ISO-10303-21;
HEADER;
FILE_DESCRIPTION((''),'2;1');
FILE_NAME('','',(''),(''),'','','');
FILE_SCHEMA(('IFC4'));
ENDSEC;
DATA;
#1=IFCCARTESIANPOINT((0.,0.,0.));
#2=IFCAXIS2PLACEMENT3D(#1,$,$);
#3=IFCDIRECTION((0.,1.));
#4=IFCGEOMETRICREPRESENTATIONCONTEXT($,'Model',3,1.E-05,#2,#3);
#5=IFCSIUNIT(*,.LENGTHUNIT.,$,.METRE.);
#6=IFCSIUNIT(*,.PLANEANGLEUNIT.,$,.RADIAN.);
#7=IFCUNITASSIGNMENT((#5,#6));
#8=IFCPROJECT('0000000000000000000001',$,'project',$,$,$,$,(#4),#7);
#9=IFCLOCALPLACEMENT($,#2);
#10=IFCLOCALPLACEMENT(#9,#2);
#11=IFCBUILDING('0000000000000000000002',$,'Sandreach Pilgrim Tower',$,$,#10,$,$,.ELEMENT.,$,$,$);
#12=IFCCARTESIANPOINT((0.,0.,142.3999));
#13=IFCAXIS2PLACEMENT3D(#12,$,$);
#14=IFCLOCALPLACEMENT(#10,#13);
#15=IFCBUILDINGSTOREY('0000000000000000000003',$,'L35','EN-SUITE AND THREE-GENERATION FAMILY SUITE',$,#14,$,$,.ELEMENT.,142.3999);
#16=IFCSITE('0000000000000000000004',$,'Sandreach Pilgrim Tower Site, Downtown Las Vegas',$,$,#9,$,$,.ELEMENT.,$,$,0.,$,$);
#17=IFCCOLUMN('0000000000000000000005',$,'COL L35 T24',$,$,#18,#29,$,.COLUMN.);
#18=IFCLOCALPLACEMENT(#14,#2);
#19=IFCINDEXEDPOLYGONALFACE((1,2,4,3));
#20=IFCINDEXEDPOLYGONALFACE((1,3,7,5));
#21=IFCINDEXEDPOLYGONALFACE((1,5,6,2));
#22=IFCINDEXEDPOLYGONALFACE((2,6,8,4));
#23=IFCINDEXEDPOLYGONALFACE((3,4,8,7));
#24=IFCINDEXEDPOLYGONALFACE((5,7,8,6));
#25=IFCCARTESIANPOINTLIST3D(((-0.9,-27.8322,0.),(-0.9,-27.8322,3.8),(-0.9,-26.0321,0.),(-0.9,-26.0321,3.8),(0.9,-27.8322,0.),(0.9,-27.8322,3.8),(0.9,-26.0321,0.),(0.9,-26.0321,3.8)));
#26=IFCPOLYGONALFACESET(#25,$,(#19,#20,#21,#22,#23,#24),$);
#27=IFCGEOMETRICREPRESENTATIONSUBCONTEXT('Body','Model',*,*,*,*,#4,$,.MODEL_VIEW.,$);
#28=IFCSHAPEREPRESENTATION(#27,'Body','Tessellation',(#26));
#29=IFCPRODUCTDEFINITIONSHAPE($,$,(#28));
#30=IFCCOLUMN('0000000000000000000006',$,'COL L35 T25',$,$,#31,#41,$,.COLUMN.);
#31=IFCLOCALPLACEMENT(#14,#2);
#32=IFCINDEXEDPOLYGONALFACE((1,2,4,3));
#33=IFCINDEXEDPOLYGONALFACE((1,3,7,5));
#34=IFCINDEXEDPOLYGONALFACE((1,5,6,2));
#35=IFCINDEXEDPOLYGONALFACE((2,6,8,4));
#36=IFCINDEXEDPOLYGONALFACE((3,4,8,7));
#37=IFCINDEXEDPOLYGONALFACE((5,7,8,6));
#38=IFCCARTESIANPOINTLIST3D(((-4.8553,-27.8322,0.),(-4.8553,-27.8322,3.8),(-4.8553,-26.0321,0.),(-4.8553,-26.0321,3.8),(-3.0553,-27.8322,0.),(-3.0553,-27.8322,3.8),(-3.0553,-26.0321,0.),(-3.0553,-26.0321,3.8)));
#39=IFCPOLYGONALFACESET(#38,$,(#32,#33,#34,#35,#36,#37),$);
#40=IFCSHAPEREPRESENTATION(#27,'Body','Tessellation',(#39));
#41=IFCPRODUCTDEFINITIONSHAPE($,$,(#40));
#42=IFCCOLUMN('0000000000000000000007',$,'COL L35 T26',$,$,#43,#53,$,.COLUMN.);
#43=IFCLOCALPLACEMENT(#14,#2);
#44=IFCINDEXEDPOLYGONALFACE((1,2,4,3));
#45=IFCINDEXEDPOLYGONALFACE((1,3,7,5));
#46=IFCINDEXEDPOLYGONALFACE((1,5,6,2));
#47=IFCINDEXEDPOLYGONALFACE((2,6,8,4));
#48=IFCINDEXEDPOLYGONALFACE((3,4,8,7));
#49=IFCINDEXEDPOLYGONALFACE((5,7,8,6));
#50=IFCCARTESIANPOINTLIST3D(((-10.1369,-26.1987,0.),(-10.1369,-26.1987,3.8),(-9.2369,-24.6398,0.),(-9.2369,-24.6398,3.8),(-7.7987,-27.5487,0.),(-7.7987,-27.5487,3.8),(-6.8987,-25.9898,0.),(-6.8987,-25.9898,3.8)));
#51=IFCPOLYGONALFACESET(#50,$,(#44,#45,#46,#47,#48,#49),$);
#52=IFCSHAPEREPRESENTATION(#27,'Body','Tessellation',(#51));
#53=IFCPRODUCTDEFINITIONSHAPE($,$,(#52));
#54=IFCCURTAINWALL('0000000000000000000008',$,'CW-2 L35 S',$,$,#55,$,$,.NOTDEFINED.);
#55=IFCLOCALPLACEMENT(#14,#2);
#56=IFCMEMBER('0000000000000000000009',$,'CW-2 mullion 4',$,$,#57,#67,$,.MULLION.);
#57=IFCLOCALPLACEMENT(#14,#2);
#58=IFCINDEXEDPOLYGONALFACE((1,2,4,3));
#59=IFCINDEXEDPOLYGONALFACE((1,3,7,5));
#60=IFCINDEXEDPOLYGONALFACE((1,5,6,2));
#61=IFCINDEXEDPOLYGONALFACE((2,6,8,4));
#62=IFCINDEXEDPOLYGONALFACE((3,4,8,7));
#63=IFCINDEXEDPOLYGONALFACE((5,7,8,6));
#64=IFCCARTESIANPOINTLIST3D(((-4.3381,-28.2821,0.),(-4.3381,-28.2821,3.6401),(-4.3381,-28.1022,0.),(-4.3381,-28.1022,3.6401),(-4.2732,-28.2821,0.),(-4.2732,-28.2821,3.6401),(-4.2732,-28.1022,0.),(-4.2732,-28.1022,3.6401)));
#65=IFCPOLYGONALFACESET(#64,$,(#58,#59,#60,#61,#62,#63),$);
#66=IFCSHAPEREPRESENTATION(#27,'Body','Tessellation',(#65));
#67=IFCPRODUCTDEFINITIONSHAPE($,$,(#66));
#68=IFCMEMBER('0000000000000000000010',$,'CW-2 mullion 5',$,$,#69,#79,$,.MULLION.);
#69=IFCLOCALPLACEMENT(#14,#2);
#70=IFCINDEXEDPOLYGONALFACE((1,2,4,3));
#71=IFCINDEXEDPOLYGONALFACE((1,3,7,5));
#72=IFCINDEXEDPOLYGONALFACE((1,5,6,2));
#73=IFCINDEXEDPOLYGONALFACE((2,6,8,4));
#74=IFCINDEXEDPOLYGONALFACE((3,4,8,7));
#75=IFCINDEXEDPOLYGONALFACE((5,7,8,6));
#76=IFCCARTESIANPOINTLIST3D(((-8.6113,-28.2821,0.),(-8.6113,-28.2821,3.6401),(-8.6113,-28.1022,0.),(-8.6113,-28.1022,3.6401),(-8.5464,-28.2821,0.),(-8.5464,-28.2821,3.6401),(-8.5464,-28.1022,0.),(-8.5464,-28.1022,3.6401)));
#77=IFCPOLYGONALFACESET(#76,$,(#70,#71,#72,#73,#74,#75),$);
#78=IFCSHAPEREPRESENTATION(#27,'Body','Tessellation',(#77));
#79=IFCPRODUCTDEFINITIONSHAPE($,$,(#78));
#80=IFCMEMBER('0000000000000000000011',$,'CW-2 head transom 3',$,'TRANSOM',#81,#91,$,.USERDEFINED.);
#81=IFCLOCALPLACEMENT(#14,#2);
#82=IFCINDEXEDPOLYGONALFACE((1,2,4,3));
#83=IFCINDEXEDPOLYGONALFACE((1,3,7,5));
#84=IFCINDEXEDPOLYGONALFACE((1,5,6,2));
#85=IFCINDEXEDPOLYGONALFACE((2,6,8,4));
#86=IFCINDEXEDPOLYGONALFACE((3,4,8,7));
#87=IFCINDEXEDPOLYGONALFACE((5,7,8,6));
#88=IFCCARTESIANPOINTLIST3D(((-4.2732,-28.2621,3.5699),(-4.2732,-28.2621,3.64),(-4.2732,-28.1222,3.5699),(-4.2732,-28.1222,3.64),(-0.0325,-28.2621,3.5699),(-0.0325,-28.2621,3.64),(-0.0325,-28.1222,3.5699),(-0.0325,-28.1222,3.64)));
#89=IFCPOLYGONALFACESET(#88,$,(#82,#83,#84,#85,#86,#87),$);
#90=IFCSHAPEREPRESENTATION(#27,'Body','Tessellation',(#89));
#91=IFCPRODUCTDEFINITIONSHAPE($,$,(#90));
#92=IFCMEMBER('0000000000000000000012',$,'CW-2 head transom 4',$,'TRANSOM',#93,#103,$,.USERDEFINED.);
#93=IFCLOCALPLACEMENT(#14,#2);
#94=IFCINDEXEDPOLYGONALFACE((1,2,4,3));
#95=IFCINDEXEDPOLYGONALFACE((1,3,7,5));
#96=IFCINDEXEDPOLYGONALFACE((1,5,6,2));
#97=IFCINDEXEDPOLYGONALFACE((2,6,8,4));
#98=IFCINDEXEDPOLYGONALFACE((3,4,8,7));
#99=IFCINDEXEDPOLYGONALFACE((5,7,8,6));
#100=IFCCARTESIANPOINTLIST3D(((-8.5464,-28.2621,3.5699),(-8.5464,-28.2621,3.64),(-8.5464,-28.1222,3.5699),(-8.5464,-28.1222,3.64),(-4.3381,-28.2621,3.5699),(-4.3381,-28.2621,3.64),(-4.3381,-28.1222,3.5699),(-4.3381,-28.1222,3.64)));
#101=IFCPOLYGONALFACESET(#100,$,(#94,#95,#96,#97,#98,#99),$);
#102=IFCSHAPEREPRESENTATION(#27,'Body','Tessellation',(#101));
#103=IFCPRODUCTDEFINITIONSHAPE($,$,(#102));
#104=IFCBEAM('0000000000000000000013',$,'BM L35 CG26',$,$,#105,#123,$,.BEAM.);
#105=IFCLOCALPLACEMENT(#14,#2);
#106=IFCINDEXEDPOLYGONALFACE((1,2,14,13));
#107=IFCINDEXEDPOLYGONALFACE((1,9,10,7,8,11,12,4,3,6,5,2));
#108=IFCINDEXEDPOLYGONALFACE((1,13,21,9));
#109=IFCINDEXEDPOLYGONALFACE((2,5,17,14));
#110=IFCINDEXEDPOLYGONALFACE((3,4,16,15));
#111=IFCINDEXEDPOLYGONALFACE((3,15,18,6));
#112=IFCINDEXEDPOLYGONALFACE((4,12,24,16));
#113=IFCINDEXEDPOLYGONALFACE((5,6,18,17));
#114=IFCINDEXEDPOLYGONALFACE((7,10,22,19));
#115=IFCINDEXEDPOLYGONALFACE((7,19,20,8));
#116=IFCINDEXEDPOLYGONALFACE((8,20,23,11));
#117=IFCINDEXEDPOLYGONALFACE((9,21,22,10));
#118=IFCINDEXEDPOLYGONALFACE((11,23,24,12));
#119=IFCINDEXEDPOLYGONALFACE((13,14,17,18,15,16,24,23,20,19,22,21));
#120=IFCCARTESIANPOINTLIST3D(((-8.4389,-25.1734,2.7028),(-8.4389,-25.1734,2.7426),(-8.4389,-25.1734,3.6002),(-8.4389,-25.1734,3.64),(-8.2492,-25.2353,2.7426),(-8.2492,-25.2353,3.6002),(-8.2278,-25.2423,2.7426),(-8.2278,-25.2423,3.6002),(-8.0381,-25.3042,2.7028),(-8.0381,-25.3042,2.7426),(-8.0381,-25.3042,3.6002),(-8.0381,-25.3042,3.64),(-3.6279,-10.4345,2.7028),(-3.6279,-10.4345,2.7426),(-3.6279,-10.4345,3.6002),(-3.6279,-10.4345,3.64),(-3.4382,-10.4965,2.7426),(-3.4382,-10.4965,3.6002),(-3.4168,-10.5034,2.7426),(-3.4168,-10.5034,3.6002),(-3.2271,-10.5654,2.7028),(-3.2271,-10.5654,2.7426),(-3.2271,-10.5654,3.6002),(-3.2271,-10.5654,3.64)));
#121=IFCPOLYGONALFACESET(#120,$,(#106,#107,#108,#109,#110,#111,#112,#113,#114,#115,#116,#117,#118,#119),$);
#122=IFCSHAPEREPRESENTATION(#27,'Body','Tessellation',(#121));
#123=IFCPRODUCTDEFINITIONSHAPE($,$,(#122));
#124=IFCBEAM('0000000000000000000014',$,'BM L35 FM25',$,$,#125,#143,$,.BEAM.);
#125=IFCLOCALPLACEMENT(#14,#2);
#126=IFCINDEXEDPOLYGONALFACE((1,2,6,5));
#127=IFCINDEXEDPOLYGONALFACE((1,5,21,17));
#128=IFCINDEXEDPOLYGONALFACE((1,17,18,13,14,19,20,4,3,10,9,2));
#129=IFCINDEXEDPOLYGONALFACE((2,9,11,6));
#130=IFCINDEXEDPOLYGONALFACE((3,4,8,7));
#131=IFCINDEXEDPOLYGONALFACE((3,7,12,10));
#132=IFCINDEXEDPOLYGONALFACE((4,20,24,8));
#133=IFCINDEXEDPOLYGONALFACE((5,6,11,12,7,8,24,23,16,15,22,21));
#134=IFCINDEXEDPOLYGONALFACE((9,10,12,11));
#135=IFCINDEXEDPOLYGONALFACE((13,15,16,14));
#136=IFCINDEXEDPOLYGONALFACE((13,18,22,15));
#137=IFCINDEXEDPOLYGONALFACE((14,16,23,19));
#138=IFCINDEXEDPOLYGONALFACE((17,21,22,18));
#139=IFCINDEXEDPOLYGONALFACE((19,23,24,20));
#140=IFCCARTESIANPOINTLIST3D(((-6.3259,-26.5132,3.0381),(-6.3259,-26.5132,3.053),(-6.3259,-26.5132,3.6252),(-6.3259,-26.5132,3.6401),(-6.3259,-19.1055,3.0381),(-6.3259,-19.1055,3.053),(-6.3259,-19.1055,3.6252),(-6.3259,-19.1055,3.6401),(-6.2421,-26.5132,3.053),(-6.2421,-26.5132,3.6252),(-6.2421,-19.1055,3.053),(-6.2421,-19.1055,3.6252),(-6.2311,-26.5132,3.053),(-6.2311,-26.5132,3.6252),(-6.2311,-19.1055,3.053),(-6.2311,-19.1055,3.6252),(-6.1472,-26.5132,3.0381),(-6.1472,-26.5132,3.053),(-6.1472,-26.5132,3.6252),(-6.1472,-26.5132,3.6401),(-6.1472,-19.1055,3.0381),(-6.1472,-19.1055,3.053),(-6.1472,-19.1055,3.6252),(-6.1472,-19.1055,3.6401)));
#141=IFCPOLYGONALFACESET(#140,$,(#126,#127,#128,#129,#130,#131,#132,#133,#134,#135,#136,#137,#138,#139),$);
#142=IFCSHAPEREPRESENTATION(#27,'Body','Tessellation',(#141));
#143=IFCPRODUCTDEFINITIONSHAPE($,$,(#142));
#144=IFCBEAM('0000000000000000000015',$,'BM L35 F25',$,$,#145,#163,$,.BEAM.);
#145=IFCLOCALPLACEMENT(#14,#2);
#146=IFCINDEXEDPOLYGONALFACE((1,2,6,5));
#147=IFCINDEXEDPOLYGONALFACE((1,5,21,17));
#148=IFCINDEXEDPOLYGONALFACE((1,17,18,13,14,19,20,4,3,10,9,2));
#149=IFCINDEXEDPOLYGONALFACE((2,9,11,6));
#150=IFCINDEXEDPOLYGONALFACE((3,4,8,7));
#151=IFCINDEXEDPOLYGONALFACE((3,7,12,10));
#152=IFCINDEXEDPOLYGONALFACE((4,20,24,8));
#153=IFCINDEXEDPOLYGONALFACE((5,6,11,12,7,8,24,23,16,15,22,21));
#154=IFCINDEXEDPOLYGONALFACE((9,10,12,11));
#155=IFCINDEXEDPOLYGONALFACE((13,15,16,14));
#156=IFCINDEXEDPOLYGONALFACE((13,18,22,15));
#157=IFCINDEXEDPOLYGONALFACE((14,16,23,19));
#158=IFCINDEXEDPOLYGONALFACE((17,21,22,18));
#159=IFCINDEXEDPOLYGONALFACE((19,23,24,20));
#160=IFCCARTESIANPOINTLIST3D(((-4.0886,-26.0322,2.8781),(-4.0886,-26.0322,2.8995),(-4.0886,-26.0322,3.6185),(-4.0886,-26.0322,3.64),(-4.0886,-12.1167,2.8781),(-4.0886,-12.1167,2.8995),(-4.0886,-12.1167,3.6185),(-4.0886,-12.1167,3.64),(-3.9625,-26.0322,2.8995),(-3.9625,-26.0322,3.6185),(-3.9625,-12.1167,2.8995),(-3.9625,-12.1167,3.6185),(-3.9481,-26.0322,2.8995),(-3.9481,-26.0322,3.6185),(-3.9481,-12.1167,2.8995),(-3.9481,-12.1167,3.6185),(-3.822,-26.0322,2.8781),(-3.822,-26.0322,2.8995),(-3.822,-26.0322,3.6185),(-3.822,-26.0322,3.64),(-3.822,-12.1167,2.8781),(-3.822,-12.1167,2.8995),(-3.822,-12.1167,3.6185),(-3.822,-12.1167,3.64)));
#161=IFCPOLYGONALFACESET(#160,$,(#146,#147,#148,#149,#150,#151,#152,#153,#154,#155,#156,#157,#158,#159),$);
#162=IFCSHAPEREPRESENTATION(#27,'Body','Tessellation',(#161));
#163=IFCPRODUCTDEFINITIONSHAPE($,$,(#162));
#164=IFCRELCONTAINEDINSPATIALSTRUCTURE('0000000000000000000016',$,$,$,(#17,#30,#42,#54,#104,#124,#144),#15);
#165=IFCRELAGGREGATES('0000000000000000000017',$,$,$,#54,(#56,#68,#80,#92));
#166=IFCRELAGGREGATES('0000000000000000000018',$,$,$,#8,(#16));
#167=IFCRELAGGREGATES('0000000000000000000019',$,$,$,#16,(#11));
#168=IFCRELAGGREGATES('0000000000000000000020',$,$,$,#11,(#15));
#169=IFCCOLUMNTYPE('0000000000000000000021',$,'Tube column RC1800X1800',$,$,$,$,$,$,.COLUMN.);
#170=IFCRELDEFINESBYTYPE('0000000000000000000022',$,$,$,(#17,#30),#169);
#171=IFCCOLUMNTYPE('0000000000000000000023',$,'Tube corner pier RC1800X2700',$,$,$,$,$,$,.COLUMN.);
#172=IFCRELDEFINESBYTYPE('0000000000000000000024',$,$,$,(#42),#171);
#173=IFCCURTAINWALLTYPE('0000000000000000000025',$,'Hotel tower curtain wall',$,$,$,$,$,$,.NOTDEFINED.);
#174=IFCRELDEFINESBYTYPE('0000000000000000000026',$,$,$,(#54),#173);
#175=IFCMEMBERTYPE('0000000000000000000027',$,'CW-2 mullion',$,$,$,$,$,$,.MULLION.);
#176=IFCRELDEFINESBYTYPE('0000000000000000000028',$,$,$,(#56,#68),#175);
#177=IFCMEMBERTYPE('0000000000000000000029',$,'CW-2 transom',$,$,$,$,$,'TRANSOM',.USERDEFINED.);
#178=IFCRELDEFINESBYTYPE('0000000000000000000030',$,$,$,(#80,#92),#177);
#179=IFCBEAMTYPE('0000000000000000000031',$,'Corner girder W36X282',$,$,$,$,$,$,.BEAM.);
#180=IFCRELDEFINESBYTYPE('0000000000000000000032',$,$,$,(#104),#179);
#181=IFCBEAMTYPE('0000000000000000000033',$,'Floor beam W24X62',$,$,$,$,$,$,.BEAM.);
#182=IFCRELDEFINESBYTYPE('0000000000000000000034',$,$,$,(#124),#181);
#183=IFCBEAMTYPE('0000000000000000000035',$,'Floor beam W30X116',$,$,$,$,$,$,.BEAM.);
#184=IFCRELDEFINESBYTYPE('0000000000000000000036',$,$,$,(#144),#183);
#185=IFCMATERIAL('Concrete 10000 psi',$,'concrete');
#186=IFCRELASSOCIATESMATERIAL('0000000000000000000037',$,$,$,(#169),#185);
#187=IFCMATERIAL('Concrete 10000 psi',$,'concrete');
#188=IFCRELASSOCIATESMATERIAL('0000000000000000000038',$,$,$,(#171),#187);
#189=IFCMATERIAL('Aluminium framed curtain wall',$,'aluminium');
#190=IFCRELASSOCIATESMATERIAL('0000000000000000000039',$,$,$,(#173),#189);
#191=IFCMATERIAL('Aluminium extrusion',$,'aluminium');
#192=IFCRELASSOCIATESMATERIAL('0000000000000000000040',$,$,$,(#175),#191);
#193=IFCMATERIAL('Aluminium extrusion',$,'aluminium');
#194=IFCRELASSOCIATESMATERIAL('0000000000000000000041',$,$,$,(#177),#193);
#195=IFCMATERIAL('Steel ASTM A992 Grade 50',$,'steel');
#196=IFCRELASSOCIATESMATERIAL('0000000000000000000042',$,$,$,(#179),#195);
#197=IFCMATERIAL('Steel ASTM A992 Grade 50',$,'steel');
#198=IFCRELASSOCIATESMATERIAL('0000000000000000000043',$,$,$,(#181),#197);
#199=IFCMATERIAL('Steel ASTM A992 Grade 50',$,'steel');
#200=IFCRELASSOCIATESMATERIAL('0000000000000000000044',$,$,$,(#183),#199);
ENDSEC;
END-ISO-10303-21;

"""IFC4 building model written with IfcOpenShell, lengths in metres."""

from ifc_helpers import new_model, si_unit, direction, frame, origin, origin_2d, place, context, subcontext, project, spatial, rectangle, i_section, extrude, material, material_profile, profile_set, type_object, element, aggregate, save


model = new_model("IFC4")

# Units and contexts
model_context = context("Model", 3, precision=1e-05, world=origin(), true_north=direction((0.0, 1.0)))
body_context = subcontext(model_context, "Body", "Model", "MODEL_VIEW")
ifc_project = project(units=[si_unit("LENGTHUNIT", "METRE"), si_unit("PLANEANGLEUNIT", "RADIAN")], contexts=[model_context])

# Site, building, storey
site_placement = place(None, origin())
site = spatial("IfcSite", under=ifc_project, at=site_placement, Name="Sandreach Pilgrim Tower Site, Downtown Las Vegas", CompositionType="ELEMENT", RefElevation=0.0)
building_placement = place(site_placement, origin())
building = spatial("IfcBuilding", under=site, at=building_placement, Name="Sandreach Pilgrim Tower", CompositionType="ELEMENT")
storey_placement = place(building_placement, frame((0.0, 0.0, 142.3999)))
storey = spatial("IfcBuildingStorey", under=building, at=storey_placement, Name="L35", Description="EN-SUITE AND THREE-GENERATION FAMILY SUITE", CompositionType="ELEMENT", Elevation=142.3999)

# Columns
ifc_material_1 = material(Name="Concrete 10000 psi", Category="concrete")
ifc_material_profile_1 = material_profile(ifc_material_1, rectangle(XDim=1.8, YDim=1.8, at=origin_2d()), Name="RC1800X1800")
ifc_profile_set_1 = profile_set([ifc_material_profile_1], Name="Concrete 10000 psi")
column_type_1 = type_object("IfcColumnType", Name="Tube column RC1800X1800", PredefinedType="COLUMN", material=ifc_profile_set_1)
for number, where, z_axis, x_axis, name in (
    (1, (0.0, -26.9321, 0.0), (0.0, 0.0, 1.0), (0.0, -1.0, 0.0), "COL L35 T24"),
    (2, (-3.9553, -26.9321, 0.0), (0.0, 0.0, 1.0), (0.0, -1.0, 0.0), "COL L35 T25"),
):
    element("IfcColumn", number, at=place(storey_placement, frame(where, z_axis=z_axis, x_axis=x_axis)), inside=storey, type_object=column_type_1, Name=name, PredefinedType="COLUMN", context=body_context, shape_type="SweptSolid", body=[
        extrude(rectangle(XDim=1.8, YDim=1.8, at=origin_2d()), origin(), (0.0, 0.0, 1.0), 3.8),
    ])
ifc_material_2 = material(Name="Concrete 10000 psi", Category="concrete")
ifc_material_profile_2 = material_profile(ifc_material_2, rectangle(XDim=1.8, YDim=2.7, at=origin_2d()), Name="RC1800X2700")
ifc_profile_set_2 = profile_set([ifc_material_profile_2], Name="Concrete 10000 psi")
column_type_2 = type_object("IfcColumnType", Name="Tube corner pier RC1800X2700", PredefinedType="COLUMN", material=ifc_profile_set_2)
column_placement = place(storey_placement, frame((-8.5178, -26.0942, 0.0), z_axis=(0.0, 0.0, 1.0), x_axis=(-0.5, -0.866025, 0.0)))
element("IfcColumn", 3, at=column_placement, inside=storey, type_object=column_type_2, Name="COL L35 T26", PredefinedType="COLUMN", context=body_context, shape_type="SweptSolid", body=[
    extrude(rectangle(XDim=1.8, YDim=2.7, at=origin_2d()), origin(), (0.0, 0.0, 1.0), 3.8),
])

# Curtain wall, members
ifc_material_3 = material(Name="Aluminium framed curtain wall", Category="aluminium")
curtain_wall_type = type_object("IfcCurtainWallType", Name="Hotel tower curtain wall", PredefinedType="NOTDEFINED", material=ifc_material_3)
curtain_wall_placement = place(storey_placement, origin())
curtain_wall = element("IfcCurtainWall", 4, at=curtain_wall_placement, inside=storey, type_object=curtain_wall_type, Name="CW-2 L35 S", PredefinedType="NOTDEFINED")
ifc_material_4 = material(Name="Aluminium extrusion", Category="aluminium")
ifc_material_profile_3 = material_profile(ifc_material_4, rectangle(XDim=0.0649, YDim=0.1799, at=origin_2d()), Name="CW-2M 65X180")
ifc_profile_set_3 = profile_set([ifc_material_profile_3], Name="Aluminium extrusion")
member_type_1 = type_object("IfcMemberType", Name="CW-2 mullion", PredefinedType="MULLION", material=ifc_profile_set_3)
member_1_placement = place(storey_placement, frame((-4.3057, -28.1921, 0.0), z_axis=(0.0, 0.0, 1.0), x_axis=(-1.0, 0.0, 0.0)))
member_1 = element("IfcMember", 5, at=member_1_placement, type_object=member_type_1, Name="CW-2 mullion 4", PredefinedType="MULLION", context=body_context, shape_type="SweptSolid", body=[
    extrude(rectangle(XDim=0.0649, YDim=0.1799, at=origin_2d()), origin(), (0.0, 0.0, 1.0), 3.6401),
])
member_2_placement = place(storey_placement, frame((-8.5789, -28.1921, 0.0), z_axis=(0.0, 0.0, 1.0), x_axis=(-1.0, 0.0, 0.0)))
member_2 = element("IfcMember", 6, at=member_2_placement, type_object=member_type_1, Name="CW-2 mullion 5", PredefinedType="MULLION", context=body_context, shape_type="SweptSolid", body=[
    extrude(rectangle(XDim=0.0649, YDim=0.1799, at=origin_2d()), origin(), (0.0, 0.0, 1.0), 3.6401),
])
ifc_material_5 = material(Name="Aluminium extrusion", Category="aluminium")
ifc_material_profile_4 = material_profile(ifc_material_5, rectangle(XDim=0.1399, YDim=0.0701, at=origin_2d()), Name="CW-2T 140X70")
ifc_profile_set_4 = profile_set([ifc_material_profile_4], Name="Aluminium extrusion")
member_type_2 = type_object("IfcMemberType", Name="CW-2 transom", ElementType="TRANSOM", PredefinedType="USERDEFINED", material=ifc_profile_set_4)
member_3_placement = place(storey_placement, frame((-0.0325, -28.1921, 3.605), z_axis=(-1.0, 0.0, 0.0), x_axis=(0.0, -1.0, 0.0)))
member_3 = element("IfcMember", 7, at=member_3_placement, type_object=member_type_2, Name="CW-2 head transom 3", ObjectType="TRANSOM", PredefinedType="USERDEFINED", context=body_context, shape_type="SweptSolid", body=[
    extrude(rectangle(XDim=0.1399, YDim=0.0701, at=origin_2d()), origin(), (0.0, 0.0, 1.0), 4.2407),
])
member_4_placement = place(storey_placement, frame((-4.3381, -28.1921, 3.605), z_axis=(-1.0, 0.0, 0.0), x_axis=(0.0, -1.0, 0.0)))
member_4 = element("IfcMember", 8, at=member_4_placement, type_object=member_type_2, Name="CW-2 head transom 4", ObjectType="TRANSOM", PredefinedType="USERDEFINED", context=body_context, shape_type="SweptSolid", body=[
    extrude(rectangle(XDim=0.1399, YDim=0.0701, at=origin_2d()), origin(), (0.0, 0.0, 1.0), 4.2083),
])

# Beams
ifc_material_6 = material(Name="Steel ASTM A992 Grade 50", Category="steel")
ifc_material_profile_5 = material_profile(ifc_material_6, i_section(OverallWidth=0.4216, OverallDepth=0.9373, WebThickness=0.0225, FlangeThickness=0.0398, at=origin_2d()), Name="W36X282")
ifc_profile_set_5 = profile_set([ifc_material_profile_5], Name="Steel ASTM A992 Grade 50")
beam_type_1 = type_object("IfcBeamType", Name="Corner girder W36X282", PredefinedType="BEAM", material=ifc_profile_set_5)
beam_1_placement = place(storey_placement, frame((-8.2385, -25.2388, 3.1714), z_axis=(0.310307, 0.950636, 0.0), x_axis=(-0.950636, 0.310307, 0.0)))
element("IfcBeam", 9, at=beam_1_placement, inside=storey, type_object=beam_type_1, Name="BM L35 CG26", PredefinedType="BEAM", context=body_context, shape_type="SweptSolid", body=[
    extrude(i_section(OverallWidth=0.4216, OverallDepth=0.9373, WebThickness=0.0225, FlangeThickness=0.0398, at=origin_2d()), origin(), (0.0, 0.0, 1.0), 15.5042),
])
ifc_material_7 = material(Name="Steel ASTM A992 Grade 50", Category="steel")
ifc_material_profile_6 = material_profile(ifc_material_7, i_section(OverallWidth=0.1787, OverallDepth=0.6021, WebThickness=0.011, FlangeThickness=0.0149, at=origin_2d()), Name="W24X62")
ifc_profile_set_6 = profile_set([ifc_material_profile_6], Name="Steel ASTM A992 Grade 50")
beam_type_2 = type_object("IfcBeamType", Name="Floor beam W24X62", PredefinedType="BEAM", material=ifc_profile_set_6)
beam_2_placement = place(storey_placement, frame((-6.2366, -26.5132, 3.3391), z_axis=(0.0, 1.0, 0.0), x_axis=(-1.0, 0.0, 0.0)))
element("IfcBeam", 10, at=beam_2_placement, inside=storey, type_object=beam_type_2, Name="BM L35 FM25", PredefinedType="BEAM", context=body_context, shape_type="SweptSolid", body=[
    extrude(i_section(OverallWidth=0.1787, OverallDepth=0.6021, WebThickness=0.011, FlangeThickness=0.0149, at=origin_2d()), origin(), (0.0, 0.0, 1.0), 7.4077),
])
ifc_material_8 = material(Name="Steel ASTM A992 Grade 50", Category="steel")
ifc_material_profile_7 = material_profile(ifc_material_8, i_section(OverallWidth=0.2666, OverallDepth=0.762, WebThickness=0.0144, FlangeThickness=0.0215, at=origin_2d()), Name="W30X116")
ifc_profile_set_7 = profile_set([ifc_material_profile_7], Name="Steel ASTM A992 Grade 50")
beam_type_3 = type_object("IfcBeamType", Name="Floor beam W30X116", PredefinedType="BEAM", material=ifc_profile_set_7)
beam_3_placement = place(storey_placement, frame((-3.9553, -26.0322, 3.259), z_axis=(0.0, 1.0, 0.0), x_axis=(-1.0, 0.0, 0.0)))
element("IfcBeam", 11, at=beam_3_placement, inside=storey, type_object=beam_type_3, Name="BM L35 F25", PredefinedType="BEAM", context=body_context, shape_type="SweptSolid", body=[
    extrude(i_section(OverallWidth=0.2666, OverallDepth=0.762, WebThickness=0.0144, FlangeThickness=0.0215, at=origin_2d()), origin(), (0.0, 0.0, 1.0), 13.9155),
])

aggregate(curtain_wall, [member_1, member_2, member_3, member_4])

save(model, "model.ifc")
